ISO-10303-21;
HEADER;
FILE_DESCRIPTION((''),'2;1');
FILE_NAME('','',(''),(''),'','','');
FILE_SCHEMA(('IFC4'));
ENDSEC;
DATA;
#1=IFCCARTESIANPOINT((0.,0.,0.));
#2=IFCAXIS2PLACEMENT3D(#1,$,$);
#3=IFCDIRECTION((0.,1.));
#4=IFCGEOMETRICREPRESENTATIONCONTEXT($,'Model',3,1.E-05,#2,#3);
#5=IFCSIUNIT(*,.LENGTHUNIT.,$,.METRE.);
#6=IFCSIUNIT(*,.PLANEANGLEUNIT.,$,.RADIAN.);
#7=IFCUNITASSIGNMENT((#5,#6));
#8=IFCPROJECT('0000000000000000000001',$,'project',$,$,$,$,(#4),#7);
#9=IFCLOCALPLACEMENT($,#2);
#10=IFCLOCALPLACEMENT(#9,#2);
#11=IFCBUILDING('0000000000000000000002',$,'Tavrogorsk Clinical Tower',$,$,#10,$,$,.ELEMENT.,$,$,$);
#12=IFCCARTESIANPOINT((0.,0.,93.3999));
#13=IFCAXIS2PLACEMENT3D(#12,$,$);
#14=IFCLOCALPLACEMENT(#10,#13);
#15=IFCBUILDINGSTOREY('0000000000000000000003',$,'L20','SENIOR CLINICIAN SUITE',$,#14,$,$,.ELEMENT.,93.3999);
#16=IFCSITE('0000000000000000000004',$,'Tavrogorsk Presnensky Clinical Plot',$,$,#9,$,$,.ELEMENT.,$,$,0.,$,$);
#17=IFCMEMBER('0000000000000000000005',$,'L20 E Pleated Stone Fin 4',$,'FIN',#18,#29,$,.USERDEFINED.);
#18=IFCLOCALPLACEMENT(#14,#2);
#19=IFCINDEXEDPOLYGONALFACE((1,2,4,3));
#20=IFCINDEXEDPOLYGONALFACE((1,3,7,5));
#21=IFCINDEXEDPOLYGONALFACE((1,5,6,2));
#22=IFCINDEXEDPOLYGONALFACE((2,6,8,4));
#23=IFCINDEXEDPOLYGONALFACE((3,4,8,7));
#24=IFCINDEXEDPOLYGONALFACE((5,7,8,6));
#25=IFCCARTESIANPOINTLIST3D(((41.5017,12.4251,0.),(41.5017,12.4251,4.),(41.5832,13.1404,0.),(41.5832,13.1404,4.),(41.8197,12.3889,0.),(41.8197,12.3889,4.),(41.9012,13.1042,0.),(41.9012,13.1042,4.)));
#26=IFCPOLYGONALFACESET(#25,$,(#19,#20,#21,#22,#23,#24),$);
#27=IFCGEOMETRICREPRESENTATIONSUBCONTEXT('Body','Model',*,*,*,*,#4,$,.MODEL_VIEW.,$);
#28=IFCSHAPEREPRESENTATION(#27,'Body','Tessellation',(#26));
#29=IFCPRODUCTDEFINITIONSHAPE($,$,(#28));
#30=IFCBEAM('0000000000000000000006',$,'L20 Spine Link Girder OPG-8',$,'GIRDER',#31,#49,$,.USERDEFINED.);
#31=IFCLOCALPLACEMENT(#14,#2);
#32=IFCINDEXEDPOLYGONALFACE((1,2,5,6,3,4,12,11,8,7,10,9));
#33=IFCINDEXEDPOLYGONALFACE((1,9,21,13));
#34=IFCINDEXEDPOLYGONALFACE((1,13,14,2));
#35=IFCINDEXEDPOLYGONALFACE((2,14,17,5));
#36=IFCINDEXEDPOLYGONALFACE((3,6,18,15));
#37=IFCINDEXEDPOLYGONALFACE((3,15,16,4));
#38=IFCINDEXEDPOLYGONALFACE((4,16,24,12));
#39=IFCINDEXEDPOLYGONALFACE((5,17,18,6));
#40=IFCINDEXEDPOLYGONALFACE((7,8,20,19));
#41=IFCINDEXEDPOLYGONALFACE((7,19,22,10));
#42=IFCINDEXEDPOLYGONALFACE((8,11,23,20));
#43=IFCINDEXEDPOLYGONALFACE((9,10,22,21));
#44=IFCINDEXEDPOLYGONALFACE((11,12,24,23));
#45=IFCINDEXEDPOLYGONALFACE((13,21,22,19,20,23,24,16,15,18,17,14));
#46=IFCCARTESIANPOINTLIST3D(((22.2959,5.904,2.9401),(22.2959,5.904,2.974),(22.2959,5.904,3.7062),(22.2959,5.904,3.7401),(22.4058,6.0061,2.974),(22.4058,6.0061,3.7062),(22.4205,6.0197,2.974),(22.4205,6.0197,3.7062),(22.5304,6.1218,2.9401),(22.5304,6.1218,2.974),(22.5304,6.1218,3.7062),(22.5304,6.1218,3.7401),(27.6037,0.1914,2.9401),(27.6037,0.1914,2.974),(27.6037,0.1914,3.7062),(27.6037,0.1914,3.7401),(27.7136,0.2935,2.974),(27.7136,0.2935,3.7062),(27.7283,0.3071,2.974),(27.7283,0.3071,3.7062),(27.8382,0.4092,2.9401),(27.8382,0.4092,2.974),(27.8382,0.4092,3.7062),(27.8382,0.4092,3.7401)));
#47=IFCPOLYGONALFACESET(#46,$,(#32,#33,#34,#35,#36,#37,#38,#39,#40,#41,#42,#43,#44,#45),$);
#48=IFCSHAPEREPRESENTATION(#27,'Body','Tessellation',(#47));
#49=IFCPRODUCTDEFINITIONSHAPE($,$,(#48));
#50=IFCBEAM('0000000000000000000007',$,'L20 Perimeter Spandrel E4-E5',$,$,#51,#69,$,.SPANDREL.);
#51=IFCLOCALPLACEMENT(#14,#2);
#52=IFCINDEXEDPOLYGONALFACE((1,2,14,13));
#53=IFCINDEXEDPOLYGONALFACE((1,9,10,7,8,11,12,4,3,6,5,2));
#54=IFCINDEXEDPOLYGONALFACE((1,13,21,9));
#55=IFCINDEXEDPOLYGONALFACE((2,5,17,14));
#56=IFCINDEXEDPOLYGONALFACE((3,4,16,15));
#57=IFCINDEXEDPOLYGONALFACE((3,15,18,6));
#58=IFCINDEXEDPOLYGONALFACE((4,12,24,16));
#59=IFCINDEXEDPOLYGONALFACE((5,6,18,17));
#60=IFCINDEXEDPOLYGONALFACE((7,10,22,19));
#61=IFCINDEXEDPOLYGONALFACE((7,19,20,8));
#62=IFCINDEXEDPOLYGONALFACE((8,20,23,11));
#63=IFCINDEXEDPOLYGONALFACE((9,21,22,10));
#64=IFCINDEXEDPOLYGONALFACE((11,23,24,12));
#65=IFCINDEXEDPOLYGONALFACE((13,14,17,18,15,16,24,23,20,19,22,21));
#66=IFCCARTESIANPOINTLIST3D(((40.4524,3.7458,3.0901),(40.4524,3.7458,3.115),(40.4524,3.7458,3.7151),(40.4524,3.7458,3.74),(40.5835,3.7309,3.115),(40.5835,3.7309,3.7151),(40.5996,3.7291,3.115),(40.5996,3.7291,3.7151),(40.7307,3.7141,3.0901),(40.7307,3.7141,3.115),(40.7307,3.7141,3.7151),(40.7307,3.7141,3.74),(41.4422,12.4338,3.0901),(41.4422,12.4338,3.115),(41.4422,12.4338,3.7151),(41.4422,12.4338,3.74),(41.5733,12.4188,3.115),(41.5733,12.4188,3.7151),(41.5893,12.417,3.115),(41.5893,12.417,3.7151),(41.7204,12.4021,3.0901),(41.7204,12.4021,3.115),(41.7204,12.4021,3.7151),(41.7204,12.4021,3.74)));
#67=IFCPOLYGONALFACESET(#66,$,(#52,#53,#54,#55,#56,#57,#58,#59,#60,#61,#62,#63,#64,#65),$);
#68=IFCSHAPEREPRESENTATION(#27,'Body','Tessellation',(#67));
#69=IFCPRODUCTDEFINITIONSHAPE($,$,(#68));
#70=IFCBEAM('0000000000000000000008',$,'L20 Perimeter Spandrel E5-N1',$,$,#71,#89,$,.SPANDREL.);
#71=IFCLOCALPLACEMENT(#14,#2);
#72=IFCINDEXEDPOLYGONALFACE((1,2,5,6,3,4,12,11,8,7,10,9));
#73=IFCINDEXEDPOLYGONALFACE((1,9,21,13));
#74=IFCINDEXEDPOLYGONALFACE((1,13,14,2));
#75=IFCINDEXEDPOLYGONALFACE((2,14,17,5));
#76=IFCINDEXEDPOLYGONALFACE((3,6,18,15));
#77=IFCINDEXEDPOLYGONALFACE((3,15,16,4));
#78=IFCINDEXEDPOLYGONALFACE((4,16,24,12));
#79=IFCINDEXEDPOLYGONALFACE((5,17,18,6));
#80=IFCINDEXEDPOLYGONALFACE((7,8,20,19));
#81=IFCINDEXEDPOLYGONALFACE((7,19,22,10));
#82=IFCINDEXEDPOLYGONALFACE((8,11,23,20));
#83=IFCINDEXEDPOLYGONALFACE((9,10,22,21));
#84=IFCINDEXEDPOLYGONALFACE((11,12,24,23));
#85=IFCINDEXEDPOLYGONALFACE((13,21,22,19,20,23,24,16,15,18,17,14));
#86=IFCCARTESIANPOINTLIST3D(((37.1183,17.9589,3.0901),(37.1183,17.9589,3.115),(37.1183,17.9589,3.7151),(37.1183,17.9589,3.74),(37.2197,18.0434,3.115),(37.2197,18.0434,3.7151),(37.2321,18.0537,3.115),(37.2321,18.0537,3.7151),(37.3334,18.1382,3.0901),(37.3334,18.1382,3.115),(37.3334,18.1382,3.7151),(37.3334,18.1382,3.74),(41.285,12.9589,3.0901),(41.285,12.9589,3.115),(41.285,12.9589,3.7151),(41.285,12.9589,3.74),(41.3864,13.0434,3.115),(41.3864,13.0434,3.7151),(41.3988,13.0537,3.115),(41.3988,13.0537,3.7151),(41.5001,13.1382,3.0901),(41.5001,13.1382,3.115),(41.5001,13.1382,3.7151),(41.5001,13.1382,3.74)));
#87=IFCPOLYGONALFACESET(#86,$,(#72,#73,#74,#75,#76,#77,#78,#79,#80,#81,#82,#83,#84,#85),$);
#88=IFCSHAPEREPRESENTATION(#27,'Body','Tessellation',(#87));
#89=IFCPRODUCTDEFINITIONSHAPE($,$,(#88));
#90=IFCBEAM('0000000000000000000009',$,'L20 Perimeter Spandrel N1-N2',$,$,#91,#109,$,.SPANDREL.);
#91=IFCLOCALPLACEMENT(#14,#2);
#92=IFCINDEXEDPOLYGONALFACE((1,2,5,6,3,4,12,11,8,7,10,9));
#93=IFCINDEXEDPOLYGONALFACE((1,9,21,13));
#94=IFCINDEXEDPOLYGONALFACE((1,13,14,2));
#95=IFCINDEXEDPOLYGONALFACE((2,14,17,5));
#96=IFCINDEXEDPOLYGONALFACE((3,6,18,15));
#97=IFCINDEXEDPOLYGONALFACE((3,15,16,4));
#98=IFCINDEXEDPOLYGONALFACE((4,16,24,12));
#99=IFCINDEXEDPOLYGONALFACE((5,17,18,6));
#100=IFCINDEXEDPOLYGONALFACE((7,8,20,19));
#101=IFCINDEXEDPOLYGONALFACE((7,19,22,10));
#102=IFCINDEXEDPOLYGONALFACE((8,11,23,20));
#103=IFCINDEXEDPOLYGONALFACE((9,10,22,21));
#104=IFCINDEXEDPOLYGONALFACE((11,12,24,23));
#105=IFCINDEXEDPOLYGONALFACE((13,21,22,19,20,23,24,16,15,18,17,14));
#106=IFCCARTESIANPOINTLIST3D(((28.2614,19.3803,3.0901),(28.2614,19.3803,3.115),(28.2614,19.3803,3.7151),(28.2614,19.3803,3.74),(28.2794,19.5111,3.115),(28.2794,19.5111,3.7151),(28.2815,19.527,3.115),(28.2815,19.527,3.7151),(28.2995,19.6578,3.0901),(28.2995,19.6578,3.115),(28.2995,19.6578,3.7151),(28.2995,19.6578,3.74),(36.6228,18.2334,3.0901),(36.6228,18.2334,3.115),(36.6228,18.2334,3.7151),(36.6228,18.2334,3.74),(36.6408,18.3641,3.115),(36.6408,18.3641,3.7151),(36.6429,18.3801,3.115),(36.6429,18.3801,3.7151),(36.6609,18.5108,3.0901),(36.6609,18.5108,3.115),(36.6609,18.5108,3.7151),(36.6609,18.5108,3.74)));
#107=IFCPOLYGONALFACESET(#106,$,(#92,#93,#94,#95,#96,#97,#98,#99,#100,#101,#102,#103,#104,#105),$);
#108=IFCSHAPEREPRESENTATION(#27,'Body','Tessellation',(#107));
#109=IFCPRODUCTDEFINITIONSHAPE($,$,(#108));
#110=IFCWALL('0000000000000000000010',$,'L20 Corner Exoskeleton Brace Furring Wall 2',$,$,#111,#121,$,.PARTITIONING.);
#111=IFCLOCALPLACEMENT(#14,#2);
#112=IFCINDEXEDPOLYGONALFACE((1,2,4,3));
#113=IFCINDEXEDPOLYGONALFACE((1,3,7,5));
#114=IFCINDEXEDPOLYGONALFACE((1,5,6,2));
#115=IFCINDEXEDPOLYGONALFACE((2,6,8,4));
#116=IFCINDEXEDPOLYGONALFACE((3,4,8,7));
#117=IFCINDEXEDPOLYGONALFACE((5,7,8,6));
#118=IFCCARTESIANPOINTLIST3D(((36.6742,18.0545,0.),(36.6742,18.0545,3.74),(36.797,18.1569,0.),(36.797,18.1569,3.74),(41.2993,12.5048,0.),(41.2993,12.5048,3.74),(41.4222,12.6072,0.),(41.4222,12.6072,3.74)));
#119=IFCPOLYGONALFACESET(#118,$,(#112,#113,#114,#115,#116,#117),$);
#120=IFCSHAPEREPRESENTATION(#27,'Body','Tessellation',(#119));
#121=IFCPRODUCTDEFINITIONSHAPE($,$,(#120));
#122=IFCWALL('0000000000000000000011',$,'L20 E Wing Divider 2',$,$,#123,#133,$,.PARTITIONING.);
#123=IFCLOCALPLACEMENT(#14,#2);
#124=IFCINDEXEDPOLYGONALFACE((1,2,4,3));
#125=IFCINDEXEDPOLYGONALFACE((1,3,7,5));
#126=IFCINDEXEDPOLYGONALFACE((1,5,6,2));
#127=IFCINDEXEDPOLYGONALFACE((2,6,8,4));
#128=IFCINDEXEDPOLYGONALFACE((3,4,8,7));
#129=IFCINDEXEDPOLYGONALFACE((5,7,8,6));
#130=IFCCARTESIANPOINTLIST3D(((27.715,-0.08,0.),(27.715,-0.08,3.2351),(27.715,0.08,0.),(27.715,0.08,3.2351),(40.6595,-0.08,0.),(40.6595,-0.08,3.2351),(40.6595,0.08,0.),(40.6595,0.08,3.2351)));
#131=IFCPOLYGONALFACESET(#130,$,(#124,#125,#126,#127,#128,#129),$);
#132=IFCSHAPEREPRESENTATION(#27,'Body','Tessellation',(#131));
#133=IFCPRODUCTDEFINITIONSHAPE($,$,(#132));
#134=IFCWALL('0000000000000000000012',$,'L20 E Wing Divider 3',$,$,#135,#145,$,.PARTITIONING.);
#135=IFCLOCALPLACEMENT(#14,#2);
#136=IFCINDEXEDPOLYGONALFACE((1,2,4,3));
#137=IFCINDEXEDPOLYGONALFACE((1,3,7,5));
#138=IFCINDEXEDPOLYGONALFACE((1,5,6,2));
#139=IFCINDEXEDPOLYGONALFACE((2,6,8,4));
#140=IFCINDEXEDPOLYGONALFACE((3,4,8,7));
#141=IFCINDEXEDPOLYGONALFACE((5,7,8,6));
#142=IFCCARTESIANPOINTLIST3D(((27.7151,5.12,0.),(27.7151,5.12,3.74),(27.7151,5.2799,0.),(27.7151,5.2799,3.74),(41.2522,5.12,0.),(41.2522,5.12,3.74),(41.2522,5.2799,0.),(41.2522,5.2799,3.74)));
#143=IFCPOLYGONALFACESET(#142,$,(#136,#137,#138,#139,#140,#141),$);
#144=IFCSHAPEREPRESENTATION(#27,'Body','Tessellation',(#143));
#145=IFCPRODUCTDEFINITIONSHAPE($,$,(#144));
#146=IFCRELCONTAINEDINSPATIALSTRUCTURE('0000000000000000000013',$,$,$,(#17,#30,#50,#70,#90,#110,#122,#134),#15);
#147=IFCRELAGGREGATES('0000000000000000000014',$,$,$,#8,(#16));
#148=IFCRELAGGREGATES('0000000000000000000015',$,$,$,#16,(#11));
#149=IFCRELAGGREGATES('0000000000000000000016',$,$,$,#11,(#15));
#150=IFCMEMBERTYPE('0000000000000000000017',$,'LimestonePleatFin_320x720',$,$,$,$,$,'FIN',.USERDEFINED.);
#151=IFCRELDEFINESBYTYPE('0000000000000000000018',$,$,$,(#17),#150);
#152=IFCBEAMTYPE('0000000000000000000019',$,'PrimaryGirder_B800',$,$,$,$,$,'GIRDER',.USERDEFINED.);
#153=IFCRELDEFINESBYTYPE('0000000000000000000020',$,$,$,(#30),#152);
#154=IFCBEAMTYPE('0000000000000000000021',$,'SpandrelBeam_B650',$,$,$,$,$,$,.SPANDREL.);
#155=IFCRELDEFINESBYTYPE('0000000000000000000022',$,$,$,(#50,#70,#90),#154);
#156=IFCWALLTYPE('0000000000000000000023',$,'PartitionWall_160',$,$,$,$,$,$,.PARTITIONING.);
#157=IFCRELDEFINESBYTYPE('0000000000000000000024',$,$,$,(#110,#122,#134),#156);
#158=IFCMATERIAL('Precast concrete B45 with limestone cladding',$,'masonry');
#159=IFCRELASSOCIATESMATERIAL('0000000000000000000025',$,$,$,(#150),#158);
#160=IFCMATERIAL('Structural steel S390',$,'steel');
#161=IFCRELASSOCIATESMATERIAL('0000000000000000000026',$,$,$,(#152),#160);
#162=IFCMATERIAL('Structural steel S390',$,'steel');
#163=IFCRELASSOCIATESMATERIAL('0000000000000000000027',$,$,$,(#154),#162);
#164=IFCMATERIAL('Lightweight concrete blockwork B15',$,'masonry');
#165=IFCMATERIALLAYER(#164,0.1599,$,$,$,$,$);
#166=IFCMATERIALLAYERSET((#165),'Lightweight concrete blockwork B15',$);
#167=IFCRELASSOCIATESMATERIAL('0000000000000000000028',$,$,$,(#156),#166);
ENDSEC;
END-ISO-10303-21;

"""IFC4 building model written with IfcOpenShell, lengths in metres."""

from ifc_helpers import new_model, si_unit, direction, frame, frame_2d, origin, origin_2d, place, context, subcontext, project, spatial, rectangle, i_section, extrude, material, layer, layer_set, material_profile, profile_set, type_object, element, save


model = new_model("IFC4")

# Units and contexts
model_context = context("Model", 3, precision=1e-05, world=origin(), true_north=direction((0.0, 1.0)))
body_context = subcontext(model_context, "Body", "Model", "MODEL_VIEW")
ifc_project = project(units=[si_unit("LENGTHUNIT", "METRE"), si_unit("PLANEANGLEUNIT", "RADIAN")], contexts=[model_context])

# Site, building, storey
site_placement = place(None, origin())
site = spatial("IfcSite", under=ifc_project, at=site_placement, Name="Tavrogorsk Presnensky Clinical Plot", CompositionType="ELEMENT", RefElevation=0.0)
building_placement = place(site_placement, origin())
building = spatial("IfcBuilding", under=site, at=building_placement, Name="Tavrogorsk Clinical Tower", CompositionType="ELEMENT")
storey_placement = place(building_placement, frame((0.0, 0.0, 93.3999)))
storey = spatial("IfcBuildingStorey", under=building, at=storey_placement, Name="L20", Description="SENIOR CLINICIAN SUITE", CompositionType="ELEMENT", Elevation=93.3999)

# Member
ifc_material_1 = material(Name="Precast concrete B45 with limestone cladding", Category="masonry")
ifc_material_profile_1 = material_profile(ifc_material_1, rectangle(XDim=0.3201, YDim=0.72, at=origin_2d()), Name="LIMESTONE-FIN-320x720")
ifc_profile_set_1 = profile_set([ifc_material_profile_1], Name="Precast concrete B45 with limestone cladding")
member_type_1 = type_object("IfcMemberType", Name="LimestonePleatFin_320x720", ElementType="FIN", PredefinedType="USERDEFINED", material=ifc_profile_set_1)
for number, where, z_axis, x_axis, name in (
    (1, (41.7014, 12.7646, 0.0), (0.0, 0.0, 1.0), (0.993572, -0.113203, 0.0), "L20 E Pleated Stone Fin 4"),
):
    element("IfcMember", number, at=place(storey_placement, frame(where, z_axis=z_axis, x_axis=x_axis)), inside=storey, type_object=member_type_1, Name=name, ObjectType="FIN", PredefinedType="USERDEFINED", context=body_context, shape_type="SweptSolid", body=[
        extrude(rectangle(XDim=0.3201, YDim=0.72, at=origin_2d()), origin(), (0.0, 0.0, 1.0), 4.0),
    ])

# Beams
ifc_material_2 = material(Name="Structural steel S390", Category="steel")
ifc_material_profile_2 = material_profile(ifc_material_2, i_section(OverallWidth=0.3201, OverallDepth=0.8, WebThickness=0.02, FlangeThickness=0.0339, at=origin_2d()), Name="B-800x320x20x34")
ifc_profile_set_2 = profile_set([ifc_material_profile_2], Name="Structural steel S390")
beam_type_1 = type_object("IfcBeamType", Name="PrimaryGirder_B800", ElementType="GIRDER", PredefinedType="USERDEFINED", material=ifc_profile_set_2)
beam_1_placement = place(storey_placement, frame((27.7209, 0.3003, 3.3401), z_axis=(-0.680676, 0.732585, 0.0), x_axis=(-0.732585, -0.680676, 0.0)))
element("IfcBeam", 2, at=beam_1_placement, inside=storey, type_object=beam_type_1, Name="L20 Spine Link Girder OPG-8", ObjectType="GIRDER", PredefinedType="USERDEFINED", context=body_context, shape_type="SweptSolid", body=[
    extrude(i_section(OverallWidth=0.3201, OverallDepth=0.8, WebThickness=0.02, FlangeThickness=0.0339, at=origin_2d()), origin(), (0.0, 0.0, 1.0), 7.7979),
])
ifc_material_3 = material(Name="Structural steel S390", Category="steel")
ifc_material_profile_3 = material_profile(ifc_material_3, i_section(OverallWidth=0.28, OverallDepth=0.6499, WebThickness=0.0161, FlangeThickness=0.0249, at=origin_2d()), Name="B-650x280x16x25")
ifc_profile_set_3 = profile_set([ifc_material_profile_3], Name="Structural steel S390")
beam_type_2 = type_object("IfcBeamType", Name="SpandrelBeam_B650", PredefinedType="SPANDREL", material=ifc_profile_set_3)
beam_2_placement = place(storey_placement, frame((40.5916, 3.73, 3.415), z_axis=(0.113189, 0.993573, 0.0), x_axis=(-0.993573, 0.113189, 0.0)))
element("IfcBeam", 3, at=beam_2_placement, inside=storey, type_object=beam_type_2, Name="L20 Perimeter Spandrel E4-E5", PredefinedType="SPANDREL", context=body_context, shape_type="SweptSolid", body=[
    extrude(i_section(OverallWidth=0.28, OverallDepth=0.6499, WebThickness=0.0161, FlangeThickness=0.0249, at=origin_2d()), origin(), (0.0, 0.0, 1.0), 8.7441),
])
beam_3_placement = place(storey_placement, frame((41.3926, 13.0486, 3.415), z_axis=(-0.640192, 0.768215, 0.0), x_axis=(-0.768215, -0.640192, 0.0)))
element("IfcBeam", 4, at=beam_3_placement, inside=storey, type_object=beam_type_2, Name="L20 Perimeter Spandrel E5-N1", PredefinedType="SPANDREL", context=body_context, shape_type="SweptSolid", body=[
    extrude(i_section(OverallWidth=0.28, OverallDepth=0.6499, WebThickness=0.0161, FlangeThickness=0.0249, at=origin_2d()), origin(), (0.0, 0.0, 1.0), 6.5085),
])
beam_4_placement = place(storey_placement, frame((36.6418, 18.3721, 3.415), z_axis=(-0.990722, 0.135903, 0.0), x_axis=(-0.135903, -0.990722, 0.0)))
element("IfcBeam", 5, at=beam_4_placement, inside=storey, type_object=beam_type_2, Name="L20 Perimeter Spandrel N1-N2", PredefinedType="SPANDREL", context=body_context, shape_type="SweptSolid", body=[
    extrude(i_section(OverallWidth=0.28, OverallDepth=0.6499, WebThickness=0.0161, FlangeThickness=0.0249, at=origin_2d()), origin(), (0.0, 0.0, 1.0), 8.4397),
])

# Walls
ifc_material_4 = material(Name="Lightweight concrete blockwork B15", Category="masonry")
ifc_layer_1 = layer(ifc_material_4, 0.1599)
ifc_layer_set_1 = layer_set([ifc_layer_1], Name="Lightweight concrete blockwork B15")
wall_type_1 = type_object("IfcWallType", Name="PartitionWall_160", PredefinedType="PARTITIONING", material=ifc_layer_set_1)
wall_1_placement = place(storey_placement, frame((41.3608, 12.5559, 0.0), z_axis=(0.0, 0.0, 1.0), x_axis=(-0.640218, 0.768194, 0.0)))
element("IfcWall", 6, at=wall_1_placement, inside=storey, type_object=wall_type_1, Name="L20 Corner Exoskeleton Brace Furring Wall 2", PredefinedType="PARTITIONING", context=body_context, shape_type="SweptSolid", body=[
    extrude(rectangle(XDim=7.2244, YDim=0.1599, at=frame_2d((3.6123, 0.0))), origin(), (0.0, 0.0, 1.0), 3.74),
])
wall_2_placement = place(storey_placement, frame((27.7151, 0.0, 0.0), z_axis=(0.0, 0.0, 1.0), x_axis=(1.0, 0.0, 0.0)))
element("IfcWall", 7, at=wall_2_placement, inside=storey, type_object=wall_type_1, Name="L20 E Wing Divider 2", PredefinedType="PARTITIONING", context=body_context, shape_type="SweptSolid", body=[
    extrude(rectangle(XDim=12.9446, YDim=0.1599, at=frame_2d((6.4722, 0.0))), origin(), (0.0, 0.0, 1.0), 3.2351),
])
wall_3_placement = place(storey_placement, frame((27.7151, 5.2, 0.0), z_axis=(0.0, 0.0, 1.0), x_axis=(1.0, 0.0, 0.0)))
element("IfcWall", 8, at=wall_3_placement, inside=storey, type_object=wall_type_1, Name="L20 E Wing Divider 3", PredefinedType="PARTITIONING", context=body_context, shape_type="SweptSolid", body=[
    extrude(rectangle(XDim=13.5371, YDim=0.1599, at=frame_2d((6.7686, 0.0))), origin(), (0.0, 0.0, 1.0), 3.74),
])

save(model, "model.ifc")
